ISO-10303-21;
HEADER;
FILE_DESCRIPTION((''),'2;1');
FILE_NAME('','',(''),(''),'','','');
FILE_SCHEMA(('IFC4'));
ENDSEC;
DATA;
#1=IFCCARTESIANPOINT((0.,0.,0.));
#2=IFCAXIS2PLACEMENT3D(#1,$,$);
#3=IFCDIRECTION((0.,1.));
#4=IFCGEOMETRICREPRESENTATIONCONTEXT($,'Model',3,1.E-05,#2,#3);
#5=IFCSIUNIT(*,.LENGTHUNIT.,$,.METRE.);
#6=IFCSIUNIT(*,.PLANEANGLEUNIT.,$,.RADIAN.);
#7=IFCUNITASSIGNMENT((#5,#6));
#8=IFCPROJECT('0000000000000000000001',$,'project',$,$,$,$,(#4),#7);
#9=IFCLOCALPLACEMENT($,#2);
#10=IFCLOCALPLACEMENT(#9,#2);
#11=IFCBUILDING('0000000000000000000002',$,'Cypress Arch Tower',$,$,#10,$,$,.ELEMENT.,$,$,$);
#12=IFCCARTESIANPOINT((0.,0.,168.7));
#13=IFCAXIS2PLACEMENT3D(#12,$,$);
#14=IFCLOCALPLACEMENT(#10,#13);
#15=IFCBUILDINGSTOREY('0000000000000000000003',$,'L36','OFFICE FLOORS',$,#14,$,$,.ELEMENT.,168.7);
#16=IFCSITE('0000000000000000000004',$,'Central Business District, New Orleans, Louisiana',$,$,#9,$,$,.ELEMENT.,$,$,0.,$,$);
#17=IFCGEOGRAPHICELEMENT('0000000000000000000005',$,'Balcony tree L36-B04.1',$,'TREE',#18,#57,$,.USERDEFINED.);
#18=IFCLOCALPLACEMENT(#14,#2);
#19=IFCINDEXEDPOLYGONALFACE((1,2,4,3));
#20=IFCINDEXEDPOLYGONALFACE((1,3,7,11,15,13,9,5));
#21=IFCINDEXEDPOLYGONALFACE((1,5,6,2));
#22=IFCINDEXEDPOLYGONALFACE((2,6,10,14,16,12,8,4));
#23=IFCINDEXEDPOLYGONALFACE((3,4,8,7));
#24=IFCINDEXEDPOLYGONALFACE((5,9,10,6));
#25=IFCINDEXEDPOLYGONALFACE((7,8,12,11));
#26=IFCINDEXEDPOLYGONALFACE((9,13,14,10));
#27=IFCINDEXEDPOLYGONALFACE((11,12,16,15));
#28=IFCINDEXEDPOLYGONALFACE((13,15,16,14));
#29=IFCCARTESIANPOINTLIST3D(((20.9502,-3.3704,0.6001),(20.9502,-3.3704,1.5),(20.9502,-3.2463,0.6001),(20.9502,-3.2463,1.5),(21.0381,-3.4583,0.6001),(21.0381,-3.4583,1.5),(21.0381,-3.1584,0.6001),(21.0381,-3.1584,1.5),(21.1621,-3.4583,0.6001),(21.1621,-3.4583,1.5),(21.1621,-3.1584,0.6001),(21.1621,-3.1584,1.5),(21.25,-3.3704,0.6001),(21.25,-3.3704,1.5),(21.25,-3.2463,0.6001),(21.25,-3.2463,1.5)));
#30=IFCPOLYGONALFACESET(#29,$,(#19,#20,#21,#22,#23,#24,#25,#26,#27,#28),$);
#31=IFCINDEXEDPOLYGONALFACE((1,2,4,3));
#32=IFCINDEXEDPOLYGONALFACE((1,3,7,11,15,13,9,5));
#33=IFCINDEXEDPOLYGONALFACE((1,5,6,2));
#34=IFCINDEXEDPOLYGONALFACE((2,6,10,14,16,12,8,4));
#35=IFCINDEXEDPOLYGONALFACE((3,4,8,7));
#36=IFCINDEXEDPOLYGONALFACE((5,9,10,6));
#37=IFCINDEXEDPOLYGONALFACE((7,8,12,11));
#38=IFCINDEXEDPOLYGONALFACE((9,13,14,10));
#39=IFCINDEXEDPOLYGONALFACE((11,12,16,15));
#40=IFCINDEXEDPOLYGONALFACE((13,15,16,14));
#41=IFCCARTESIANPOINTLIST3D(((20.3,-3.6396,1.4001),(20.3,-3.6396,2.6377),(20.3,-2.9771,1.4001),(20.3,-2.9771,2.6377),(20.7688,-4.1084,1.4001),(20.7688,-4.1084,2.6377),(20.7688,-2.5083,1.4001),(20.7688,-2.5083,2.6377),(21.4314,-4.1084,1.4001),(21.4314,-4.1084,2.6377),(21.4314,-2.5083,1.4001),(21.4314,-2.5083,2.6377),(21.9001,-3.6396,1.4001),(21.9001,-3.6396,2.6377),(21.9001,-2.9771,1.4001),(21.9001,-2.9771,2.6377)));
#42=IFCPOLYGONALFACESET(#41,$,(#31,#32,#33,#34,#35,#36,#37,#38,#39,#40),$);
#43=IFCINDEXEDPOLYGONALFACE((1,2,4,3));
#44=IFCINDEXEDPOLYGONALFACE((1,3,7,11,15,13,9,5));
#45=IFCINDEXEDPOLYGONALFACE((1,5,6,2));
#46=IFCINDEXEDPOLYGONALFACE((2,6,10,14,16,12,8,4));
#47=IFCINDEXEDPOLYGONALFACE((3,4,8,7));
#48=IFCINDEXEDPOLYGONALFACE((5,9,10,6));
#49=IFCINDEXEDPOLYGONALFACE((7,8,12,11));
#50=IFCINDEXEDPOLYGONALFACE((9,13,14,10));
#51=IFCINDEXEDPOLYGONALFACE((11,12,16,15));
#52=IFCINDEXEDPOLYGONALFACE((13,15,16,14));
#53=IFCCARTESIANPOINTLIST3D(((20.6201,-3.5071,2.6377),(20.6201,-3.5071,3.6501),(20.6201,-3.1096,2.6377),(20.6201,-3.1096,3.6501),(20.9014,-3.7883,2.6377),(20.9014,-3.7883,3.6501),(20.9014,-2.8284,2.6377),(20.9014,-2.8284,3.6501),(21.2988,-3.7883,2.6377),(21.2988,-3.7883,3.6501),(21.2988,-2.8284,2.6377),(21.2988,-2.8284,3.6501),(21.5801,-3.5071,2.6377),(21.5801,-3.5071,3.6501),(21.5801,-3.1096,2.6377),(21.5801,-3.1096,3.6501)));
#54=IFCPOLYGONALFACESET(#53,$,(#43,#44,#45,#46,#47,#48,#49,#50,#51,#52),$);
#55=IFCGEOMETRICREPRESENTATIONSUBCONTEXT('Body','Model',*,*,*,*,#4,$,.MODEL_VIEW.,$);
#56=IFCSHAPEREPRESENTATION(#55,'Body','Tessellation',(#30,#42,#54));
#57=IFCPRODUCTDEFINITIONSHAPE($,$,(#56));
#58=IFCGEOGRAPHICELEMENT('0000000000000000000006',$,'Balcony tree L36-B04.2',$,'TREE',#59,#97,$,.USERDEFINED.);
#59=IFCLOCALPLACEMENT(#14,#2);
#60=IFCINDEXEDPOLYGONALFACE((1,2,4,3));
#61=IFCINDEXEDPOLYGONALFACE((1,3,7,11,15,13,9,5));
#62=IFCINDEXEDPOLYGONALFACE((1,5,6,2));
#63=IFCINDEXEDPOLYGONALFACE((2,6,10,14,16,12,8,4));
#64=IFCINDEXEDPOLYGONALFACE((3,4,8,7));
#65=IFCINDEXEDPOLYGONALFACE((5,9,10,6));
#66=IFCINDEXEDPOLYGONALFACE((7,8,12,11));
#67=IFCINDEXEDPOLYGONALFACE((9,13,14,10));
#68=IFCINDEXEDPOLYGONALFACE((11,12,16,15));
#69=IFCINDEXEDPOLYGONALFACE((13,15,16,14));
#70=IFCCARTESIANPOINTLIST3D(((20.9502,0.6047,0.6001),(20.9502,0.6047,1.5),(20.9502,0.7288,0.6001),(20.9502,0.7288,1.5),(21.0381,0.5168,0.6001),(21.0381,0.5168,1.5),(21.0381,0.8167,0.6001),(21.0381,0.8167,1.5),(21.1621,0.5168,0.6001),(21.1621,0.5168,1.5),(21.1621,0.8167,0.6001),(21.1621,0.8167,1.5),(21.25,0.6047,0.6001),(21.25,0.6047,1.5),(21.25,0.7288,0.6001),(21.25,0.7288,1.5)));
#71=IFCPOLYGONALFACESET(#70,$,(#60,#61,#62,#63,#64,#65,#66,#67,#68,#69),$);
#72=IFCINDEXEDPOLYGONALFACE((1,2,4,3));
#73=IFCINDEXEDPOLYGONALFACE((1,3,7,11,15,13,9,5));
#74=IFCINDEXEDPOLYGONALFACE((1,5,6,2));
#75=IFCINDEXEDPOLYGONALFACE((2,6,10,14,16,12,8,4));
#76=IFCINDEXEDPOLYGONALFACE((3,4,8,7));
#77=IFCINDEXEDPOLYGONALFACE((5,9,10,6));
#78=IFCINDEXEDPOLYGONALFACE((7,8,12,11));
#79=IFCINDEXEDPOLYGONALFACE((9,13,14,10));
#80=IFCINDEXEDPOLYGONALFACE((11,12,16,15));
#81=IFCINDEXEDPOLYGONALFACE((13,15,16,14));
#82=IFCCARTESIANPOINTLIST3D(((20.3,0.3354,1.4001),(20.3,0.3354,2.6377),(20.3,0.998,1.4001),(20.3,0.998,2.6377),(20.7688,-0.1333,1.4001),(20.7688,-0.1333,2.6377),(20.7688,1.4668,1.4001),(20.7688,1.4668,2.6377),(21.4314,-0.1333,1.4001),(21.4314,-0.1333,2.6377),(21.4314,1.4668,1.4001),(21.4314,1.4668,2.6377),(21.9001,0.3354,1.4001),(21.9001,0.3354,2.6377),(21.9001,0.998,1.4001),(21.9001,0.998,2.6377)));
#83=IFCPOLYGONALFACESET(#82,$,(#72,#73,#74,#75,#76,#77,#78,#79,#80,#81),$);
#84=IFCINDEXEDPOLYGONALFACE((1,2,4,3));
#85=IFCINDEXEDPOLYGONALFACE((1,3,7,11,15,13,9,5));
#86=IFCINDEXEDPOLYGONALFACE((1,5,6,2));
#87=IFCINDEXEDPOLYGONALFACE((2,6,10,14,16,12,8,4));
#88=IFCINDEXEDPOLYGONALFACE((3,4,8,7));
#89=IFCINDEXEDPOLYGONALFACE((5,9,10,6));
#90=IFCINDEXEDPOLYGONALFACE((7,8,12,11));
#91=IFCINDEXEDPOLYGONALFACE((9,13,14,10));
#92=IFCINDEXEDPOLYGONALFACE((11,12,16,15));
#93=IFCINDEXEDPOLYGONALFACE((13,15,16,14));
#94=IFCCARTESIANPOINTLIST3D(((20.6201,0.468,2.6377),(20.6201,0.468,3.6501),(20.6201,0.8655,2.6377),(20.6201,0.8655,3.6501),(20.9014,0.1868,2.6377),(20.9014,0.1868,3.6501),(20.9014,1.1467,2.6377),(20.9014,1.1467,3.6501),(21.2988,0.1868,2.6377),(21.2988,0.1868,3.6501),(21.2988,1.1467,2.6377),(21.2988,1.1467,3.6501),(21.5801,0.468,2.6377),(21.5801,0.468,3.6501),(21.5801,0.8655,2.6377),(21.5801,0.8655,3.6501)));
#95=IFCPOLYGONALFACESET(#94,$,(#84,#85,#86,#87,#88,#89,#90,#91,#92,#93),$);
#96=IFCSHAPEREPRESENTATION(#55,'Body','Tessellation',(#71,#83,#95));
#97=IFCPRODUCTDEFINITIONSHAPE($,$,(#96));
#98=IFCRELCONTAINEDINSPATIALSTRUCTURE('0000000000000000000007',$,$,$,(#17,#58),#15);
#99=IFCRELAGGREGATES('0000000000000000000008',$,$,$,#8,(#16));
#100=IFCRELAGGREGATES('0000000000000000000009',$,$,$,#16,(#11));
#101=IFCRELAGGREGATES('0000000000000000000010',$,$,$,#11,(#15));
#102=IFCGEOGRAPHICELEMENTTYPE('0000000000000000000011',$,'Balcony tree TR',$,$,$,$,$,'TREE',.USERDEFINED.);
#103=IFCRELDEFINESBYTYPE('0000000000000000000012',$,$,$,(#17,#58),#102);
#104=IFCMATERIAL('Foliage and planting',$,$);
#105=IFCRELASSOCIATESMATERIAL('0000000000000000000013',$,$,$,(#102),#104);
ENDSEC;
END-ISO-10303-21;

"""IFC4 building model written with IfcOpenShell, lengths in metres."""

from ifc_helpers import new_model, si_unit, direction, frame, origin, place, context, subcontext, project, spatial, polyline, outline, extrude, material, type_object, element, save


model = new_model("IFC4")

# Units and contexts
model_context = context("Model", 3, precision=1e-05, world=origin(), true_north=direction((0.0, 1.0)))
body_context = subcontext(model_context, "Body", "Model", "MODEL_VIEW")
ifc_project = project(units=[si_unit("LENGTHUNIT", "METRE"), si_unit("PLANEANGLEUNIT", "RADIAN")], contexts=[model_context])

# Site, building, storey
site_placement = place(None, origin())
site = spatial("IfcSite", under=ifc_project, at=site_placement, Name="Central Business District, New Orleans, Louisiana", CompositionType="ELEMENT", RefElevation=0.0)
building_placement = place(site_placement, origin())
building = spatial("IfcBuilding", under=site, at=building_placement, Name="Cypress Arch Tower", CompositionType="ELEMENT")
storey_placement = place(building_placement, frame((0.0, 0.0, 168.7)))
storey = spatial("IfcBuildingStorey", under=building, at=storey_placement, Name="L36", Description="OFFICE FLOORS", CompositionType="ELEMENT", Elevation=168.7)

# Geographic elements
ifc_material_1 = material(Name="Foliage and planting")
geographic_element_type = type_object("IfcGeographicElementType", Name="Balcony tree TR", ElementType="TREE", PredefinedType="USERDEFINED", material=ifc_material_1)
for number, where, z_axis, x_axis, name in (
    (1, (21.1001, -3.3083, 0.6001), (0.0, 0.0, 1.0), (1.0, 0.0, 0.0), "Balcony tree L36-B04.1"),
    (2, (21.1001, 0.6667, 0.6001), (0.0, 0.0, 1.0), (1.0, 0.0, 0.0), "Balcony tree L36-B04.2"),
):
    element("IfcGeographicElement", number, at=place(storey_placement, frame(where, z_axis=z_axis, x_axis=x_axis)), inside=storey, type_object=geographic_element_type, Name=name, ObjectType="TREE", PredefinedType="USERDEFINED", context=body_context, shape_type="SweptSolid", body=[
        extrude(outline(polyline([(0.1499, 0.062), (0.062, 0.1499), (-0.062, 0.1499), (-0.1499, 0.062), (-0.1499, -0.062), (-0.062, -0.1499), (0.062, -0.1499), (0.1499, -0.062), (0.1499, 0.062)])), origin(), (0.0, 0.0, 1.0), 0.8999),
        extrude(outline(polyline([(0.8, 0.3313), (0.3313, 0.8), (-0.3313, 0.8), (-0.8, 0.3313), (-0.8, -0.3313), (-0.3313, -0.8), (0.3313, -0.8), (0.8, -0.3313), (0.8, 0.3313)])), frame((0.0, 0.0, 0.8)), (0.0, 0.0, 1.0), 1.2375),
        extrude(outline(polyline([(0.48, 0.1987), (0.1987, 0.48), (-0.1987, 0.48), (-0.48, 0.1987), (-0.48, -0.1987), (-0.1987, -0.48), (0.1987, -0.48), (0.48, -0.1987), (0.48, 0.1987)])), frame((0.0, 0.0, 2.0376)), (0.0, 0.0, 1.0), 1.0125),
    ])

save(model, "model.ifc")
